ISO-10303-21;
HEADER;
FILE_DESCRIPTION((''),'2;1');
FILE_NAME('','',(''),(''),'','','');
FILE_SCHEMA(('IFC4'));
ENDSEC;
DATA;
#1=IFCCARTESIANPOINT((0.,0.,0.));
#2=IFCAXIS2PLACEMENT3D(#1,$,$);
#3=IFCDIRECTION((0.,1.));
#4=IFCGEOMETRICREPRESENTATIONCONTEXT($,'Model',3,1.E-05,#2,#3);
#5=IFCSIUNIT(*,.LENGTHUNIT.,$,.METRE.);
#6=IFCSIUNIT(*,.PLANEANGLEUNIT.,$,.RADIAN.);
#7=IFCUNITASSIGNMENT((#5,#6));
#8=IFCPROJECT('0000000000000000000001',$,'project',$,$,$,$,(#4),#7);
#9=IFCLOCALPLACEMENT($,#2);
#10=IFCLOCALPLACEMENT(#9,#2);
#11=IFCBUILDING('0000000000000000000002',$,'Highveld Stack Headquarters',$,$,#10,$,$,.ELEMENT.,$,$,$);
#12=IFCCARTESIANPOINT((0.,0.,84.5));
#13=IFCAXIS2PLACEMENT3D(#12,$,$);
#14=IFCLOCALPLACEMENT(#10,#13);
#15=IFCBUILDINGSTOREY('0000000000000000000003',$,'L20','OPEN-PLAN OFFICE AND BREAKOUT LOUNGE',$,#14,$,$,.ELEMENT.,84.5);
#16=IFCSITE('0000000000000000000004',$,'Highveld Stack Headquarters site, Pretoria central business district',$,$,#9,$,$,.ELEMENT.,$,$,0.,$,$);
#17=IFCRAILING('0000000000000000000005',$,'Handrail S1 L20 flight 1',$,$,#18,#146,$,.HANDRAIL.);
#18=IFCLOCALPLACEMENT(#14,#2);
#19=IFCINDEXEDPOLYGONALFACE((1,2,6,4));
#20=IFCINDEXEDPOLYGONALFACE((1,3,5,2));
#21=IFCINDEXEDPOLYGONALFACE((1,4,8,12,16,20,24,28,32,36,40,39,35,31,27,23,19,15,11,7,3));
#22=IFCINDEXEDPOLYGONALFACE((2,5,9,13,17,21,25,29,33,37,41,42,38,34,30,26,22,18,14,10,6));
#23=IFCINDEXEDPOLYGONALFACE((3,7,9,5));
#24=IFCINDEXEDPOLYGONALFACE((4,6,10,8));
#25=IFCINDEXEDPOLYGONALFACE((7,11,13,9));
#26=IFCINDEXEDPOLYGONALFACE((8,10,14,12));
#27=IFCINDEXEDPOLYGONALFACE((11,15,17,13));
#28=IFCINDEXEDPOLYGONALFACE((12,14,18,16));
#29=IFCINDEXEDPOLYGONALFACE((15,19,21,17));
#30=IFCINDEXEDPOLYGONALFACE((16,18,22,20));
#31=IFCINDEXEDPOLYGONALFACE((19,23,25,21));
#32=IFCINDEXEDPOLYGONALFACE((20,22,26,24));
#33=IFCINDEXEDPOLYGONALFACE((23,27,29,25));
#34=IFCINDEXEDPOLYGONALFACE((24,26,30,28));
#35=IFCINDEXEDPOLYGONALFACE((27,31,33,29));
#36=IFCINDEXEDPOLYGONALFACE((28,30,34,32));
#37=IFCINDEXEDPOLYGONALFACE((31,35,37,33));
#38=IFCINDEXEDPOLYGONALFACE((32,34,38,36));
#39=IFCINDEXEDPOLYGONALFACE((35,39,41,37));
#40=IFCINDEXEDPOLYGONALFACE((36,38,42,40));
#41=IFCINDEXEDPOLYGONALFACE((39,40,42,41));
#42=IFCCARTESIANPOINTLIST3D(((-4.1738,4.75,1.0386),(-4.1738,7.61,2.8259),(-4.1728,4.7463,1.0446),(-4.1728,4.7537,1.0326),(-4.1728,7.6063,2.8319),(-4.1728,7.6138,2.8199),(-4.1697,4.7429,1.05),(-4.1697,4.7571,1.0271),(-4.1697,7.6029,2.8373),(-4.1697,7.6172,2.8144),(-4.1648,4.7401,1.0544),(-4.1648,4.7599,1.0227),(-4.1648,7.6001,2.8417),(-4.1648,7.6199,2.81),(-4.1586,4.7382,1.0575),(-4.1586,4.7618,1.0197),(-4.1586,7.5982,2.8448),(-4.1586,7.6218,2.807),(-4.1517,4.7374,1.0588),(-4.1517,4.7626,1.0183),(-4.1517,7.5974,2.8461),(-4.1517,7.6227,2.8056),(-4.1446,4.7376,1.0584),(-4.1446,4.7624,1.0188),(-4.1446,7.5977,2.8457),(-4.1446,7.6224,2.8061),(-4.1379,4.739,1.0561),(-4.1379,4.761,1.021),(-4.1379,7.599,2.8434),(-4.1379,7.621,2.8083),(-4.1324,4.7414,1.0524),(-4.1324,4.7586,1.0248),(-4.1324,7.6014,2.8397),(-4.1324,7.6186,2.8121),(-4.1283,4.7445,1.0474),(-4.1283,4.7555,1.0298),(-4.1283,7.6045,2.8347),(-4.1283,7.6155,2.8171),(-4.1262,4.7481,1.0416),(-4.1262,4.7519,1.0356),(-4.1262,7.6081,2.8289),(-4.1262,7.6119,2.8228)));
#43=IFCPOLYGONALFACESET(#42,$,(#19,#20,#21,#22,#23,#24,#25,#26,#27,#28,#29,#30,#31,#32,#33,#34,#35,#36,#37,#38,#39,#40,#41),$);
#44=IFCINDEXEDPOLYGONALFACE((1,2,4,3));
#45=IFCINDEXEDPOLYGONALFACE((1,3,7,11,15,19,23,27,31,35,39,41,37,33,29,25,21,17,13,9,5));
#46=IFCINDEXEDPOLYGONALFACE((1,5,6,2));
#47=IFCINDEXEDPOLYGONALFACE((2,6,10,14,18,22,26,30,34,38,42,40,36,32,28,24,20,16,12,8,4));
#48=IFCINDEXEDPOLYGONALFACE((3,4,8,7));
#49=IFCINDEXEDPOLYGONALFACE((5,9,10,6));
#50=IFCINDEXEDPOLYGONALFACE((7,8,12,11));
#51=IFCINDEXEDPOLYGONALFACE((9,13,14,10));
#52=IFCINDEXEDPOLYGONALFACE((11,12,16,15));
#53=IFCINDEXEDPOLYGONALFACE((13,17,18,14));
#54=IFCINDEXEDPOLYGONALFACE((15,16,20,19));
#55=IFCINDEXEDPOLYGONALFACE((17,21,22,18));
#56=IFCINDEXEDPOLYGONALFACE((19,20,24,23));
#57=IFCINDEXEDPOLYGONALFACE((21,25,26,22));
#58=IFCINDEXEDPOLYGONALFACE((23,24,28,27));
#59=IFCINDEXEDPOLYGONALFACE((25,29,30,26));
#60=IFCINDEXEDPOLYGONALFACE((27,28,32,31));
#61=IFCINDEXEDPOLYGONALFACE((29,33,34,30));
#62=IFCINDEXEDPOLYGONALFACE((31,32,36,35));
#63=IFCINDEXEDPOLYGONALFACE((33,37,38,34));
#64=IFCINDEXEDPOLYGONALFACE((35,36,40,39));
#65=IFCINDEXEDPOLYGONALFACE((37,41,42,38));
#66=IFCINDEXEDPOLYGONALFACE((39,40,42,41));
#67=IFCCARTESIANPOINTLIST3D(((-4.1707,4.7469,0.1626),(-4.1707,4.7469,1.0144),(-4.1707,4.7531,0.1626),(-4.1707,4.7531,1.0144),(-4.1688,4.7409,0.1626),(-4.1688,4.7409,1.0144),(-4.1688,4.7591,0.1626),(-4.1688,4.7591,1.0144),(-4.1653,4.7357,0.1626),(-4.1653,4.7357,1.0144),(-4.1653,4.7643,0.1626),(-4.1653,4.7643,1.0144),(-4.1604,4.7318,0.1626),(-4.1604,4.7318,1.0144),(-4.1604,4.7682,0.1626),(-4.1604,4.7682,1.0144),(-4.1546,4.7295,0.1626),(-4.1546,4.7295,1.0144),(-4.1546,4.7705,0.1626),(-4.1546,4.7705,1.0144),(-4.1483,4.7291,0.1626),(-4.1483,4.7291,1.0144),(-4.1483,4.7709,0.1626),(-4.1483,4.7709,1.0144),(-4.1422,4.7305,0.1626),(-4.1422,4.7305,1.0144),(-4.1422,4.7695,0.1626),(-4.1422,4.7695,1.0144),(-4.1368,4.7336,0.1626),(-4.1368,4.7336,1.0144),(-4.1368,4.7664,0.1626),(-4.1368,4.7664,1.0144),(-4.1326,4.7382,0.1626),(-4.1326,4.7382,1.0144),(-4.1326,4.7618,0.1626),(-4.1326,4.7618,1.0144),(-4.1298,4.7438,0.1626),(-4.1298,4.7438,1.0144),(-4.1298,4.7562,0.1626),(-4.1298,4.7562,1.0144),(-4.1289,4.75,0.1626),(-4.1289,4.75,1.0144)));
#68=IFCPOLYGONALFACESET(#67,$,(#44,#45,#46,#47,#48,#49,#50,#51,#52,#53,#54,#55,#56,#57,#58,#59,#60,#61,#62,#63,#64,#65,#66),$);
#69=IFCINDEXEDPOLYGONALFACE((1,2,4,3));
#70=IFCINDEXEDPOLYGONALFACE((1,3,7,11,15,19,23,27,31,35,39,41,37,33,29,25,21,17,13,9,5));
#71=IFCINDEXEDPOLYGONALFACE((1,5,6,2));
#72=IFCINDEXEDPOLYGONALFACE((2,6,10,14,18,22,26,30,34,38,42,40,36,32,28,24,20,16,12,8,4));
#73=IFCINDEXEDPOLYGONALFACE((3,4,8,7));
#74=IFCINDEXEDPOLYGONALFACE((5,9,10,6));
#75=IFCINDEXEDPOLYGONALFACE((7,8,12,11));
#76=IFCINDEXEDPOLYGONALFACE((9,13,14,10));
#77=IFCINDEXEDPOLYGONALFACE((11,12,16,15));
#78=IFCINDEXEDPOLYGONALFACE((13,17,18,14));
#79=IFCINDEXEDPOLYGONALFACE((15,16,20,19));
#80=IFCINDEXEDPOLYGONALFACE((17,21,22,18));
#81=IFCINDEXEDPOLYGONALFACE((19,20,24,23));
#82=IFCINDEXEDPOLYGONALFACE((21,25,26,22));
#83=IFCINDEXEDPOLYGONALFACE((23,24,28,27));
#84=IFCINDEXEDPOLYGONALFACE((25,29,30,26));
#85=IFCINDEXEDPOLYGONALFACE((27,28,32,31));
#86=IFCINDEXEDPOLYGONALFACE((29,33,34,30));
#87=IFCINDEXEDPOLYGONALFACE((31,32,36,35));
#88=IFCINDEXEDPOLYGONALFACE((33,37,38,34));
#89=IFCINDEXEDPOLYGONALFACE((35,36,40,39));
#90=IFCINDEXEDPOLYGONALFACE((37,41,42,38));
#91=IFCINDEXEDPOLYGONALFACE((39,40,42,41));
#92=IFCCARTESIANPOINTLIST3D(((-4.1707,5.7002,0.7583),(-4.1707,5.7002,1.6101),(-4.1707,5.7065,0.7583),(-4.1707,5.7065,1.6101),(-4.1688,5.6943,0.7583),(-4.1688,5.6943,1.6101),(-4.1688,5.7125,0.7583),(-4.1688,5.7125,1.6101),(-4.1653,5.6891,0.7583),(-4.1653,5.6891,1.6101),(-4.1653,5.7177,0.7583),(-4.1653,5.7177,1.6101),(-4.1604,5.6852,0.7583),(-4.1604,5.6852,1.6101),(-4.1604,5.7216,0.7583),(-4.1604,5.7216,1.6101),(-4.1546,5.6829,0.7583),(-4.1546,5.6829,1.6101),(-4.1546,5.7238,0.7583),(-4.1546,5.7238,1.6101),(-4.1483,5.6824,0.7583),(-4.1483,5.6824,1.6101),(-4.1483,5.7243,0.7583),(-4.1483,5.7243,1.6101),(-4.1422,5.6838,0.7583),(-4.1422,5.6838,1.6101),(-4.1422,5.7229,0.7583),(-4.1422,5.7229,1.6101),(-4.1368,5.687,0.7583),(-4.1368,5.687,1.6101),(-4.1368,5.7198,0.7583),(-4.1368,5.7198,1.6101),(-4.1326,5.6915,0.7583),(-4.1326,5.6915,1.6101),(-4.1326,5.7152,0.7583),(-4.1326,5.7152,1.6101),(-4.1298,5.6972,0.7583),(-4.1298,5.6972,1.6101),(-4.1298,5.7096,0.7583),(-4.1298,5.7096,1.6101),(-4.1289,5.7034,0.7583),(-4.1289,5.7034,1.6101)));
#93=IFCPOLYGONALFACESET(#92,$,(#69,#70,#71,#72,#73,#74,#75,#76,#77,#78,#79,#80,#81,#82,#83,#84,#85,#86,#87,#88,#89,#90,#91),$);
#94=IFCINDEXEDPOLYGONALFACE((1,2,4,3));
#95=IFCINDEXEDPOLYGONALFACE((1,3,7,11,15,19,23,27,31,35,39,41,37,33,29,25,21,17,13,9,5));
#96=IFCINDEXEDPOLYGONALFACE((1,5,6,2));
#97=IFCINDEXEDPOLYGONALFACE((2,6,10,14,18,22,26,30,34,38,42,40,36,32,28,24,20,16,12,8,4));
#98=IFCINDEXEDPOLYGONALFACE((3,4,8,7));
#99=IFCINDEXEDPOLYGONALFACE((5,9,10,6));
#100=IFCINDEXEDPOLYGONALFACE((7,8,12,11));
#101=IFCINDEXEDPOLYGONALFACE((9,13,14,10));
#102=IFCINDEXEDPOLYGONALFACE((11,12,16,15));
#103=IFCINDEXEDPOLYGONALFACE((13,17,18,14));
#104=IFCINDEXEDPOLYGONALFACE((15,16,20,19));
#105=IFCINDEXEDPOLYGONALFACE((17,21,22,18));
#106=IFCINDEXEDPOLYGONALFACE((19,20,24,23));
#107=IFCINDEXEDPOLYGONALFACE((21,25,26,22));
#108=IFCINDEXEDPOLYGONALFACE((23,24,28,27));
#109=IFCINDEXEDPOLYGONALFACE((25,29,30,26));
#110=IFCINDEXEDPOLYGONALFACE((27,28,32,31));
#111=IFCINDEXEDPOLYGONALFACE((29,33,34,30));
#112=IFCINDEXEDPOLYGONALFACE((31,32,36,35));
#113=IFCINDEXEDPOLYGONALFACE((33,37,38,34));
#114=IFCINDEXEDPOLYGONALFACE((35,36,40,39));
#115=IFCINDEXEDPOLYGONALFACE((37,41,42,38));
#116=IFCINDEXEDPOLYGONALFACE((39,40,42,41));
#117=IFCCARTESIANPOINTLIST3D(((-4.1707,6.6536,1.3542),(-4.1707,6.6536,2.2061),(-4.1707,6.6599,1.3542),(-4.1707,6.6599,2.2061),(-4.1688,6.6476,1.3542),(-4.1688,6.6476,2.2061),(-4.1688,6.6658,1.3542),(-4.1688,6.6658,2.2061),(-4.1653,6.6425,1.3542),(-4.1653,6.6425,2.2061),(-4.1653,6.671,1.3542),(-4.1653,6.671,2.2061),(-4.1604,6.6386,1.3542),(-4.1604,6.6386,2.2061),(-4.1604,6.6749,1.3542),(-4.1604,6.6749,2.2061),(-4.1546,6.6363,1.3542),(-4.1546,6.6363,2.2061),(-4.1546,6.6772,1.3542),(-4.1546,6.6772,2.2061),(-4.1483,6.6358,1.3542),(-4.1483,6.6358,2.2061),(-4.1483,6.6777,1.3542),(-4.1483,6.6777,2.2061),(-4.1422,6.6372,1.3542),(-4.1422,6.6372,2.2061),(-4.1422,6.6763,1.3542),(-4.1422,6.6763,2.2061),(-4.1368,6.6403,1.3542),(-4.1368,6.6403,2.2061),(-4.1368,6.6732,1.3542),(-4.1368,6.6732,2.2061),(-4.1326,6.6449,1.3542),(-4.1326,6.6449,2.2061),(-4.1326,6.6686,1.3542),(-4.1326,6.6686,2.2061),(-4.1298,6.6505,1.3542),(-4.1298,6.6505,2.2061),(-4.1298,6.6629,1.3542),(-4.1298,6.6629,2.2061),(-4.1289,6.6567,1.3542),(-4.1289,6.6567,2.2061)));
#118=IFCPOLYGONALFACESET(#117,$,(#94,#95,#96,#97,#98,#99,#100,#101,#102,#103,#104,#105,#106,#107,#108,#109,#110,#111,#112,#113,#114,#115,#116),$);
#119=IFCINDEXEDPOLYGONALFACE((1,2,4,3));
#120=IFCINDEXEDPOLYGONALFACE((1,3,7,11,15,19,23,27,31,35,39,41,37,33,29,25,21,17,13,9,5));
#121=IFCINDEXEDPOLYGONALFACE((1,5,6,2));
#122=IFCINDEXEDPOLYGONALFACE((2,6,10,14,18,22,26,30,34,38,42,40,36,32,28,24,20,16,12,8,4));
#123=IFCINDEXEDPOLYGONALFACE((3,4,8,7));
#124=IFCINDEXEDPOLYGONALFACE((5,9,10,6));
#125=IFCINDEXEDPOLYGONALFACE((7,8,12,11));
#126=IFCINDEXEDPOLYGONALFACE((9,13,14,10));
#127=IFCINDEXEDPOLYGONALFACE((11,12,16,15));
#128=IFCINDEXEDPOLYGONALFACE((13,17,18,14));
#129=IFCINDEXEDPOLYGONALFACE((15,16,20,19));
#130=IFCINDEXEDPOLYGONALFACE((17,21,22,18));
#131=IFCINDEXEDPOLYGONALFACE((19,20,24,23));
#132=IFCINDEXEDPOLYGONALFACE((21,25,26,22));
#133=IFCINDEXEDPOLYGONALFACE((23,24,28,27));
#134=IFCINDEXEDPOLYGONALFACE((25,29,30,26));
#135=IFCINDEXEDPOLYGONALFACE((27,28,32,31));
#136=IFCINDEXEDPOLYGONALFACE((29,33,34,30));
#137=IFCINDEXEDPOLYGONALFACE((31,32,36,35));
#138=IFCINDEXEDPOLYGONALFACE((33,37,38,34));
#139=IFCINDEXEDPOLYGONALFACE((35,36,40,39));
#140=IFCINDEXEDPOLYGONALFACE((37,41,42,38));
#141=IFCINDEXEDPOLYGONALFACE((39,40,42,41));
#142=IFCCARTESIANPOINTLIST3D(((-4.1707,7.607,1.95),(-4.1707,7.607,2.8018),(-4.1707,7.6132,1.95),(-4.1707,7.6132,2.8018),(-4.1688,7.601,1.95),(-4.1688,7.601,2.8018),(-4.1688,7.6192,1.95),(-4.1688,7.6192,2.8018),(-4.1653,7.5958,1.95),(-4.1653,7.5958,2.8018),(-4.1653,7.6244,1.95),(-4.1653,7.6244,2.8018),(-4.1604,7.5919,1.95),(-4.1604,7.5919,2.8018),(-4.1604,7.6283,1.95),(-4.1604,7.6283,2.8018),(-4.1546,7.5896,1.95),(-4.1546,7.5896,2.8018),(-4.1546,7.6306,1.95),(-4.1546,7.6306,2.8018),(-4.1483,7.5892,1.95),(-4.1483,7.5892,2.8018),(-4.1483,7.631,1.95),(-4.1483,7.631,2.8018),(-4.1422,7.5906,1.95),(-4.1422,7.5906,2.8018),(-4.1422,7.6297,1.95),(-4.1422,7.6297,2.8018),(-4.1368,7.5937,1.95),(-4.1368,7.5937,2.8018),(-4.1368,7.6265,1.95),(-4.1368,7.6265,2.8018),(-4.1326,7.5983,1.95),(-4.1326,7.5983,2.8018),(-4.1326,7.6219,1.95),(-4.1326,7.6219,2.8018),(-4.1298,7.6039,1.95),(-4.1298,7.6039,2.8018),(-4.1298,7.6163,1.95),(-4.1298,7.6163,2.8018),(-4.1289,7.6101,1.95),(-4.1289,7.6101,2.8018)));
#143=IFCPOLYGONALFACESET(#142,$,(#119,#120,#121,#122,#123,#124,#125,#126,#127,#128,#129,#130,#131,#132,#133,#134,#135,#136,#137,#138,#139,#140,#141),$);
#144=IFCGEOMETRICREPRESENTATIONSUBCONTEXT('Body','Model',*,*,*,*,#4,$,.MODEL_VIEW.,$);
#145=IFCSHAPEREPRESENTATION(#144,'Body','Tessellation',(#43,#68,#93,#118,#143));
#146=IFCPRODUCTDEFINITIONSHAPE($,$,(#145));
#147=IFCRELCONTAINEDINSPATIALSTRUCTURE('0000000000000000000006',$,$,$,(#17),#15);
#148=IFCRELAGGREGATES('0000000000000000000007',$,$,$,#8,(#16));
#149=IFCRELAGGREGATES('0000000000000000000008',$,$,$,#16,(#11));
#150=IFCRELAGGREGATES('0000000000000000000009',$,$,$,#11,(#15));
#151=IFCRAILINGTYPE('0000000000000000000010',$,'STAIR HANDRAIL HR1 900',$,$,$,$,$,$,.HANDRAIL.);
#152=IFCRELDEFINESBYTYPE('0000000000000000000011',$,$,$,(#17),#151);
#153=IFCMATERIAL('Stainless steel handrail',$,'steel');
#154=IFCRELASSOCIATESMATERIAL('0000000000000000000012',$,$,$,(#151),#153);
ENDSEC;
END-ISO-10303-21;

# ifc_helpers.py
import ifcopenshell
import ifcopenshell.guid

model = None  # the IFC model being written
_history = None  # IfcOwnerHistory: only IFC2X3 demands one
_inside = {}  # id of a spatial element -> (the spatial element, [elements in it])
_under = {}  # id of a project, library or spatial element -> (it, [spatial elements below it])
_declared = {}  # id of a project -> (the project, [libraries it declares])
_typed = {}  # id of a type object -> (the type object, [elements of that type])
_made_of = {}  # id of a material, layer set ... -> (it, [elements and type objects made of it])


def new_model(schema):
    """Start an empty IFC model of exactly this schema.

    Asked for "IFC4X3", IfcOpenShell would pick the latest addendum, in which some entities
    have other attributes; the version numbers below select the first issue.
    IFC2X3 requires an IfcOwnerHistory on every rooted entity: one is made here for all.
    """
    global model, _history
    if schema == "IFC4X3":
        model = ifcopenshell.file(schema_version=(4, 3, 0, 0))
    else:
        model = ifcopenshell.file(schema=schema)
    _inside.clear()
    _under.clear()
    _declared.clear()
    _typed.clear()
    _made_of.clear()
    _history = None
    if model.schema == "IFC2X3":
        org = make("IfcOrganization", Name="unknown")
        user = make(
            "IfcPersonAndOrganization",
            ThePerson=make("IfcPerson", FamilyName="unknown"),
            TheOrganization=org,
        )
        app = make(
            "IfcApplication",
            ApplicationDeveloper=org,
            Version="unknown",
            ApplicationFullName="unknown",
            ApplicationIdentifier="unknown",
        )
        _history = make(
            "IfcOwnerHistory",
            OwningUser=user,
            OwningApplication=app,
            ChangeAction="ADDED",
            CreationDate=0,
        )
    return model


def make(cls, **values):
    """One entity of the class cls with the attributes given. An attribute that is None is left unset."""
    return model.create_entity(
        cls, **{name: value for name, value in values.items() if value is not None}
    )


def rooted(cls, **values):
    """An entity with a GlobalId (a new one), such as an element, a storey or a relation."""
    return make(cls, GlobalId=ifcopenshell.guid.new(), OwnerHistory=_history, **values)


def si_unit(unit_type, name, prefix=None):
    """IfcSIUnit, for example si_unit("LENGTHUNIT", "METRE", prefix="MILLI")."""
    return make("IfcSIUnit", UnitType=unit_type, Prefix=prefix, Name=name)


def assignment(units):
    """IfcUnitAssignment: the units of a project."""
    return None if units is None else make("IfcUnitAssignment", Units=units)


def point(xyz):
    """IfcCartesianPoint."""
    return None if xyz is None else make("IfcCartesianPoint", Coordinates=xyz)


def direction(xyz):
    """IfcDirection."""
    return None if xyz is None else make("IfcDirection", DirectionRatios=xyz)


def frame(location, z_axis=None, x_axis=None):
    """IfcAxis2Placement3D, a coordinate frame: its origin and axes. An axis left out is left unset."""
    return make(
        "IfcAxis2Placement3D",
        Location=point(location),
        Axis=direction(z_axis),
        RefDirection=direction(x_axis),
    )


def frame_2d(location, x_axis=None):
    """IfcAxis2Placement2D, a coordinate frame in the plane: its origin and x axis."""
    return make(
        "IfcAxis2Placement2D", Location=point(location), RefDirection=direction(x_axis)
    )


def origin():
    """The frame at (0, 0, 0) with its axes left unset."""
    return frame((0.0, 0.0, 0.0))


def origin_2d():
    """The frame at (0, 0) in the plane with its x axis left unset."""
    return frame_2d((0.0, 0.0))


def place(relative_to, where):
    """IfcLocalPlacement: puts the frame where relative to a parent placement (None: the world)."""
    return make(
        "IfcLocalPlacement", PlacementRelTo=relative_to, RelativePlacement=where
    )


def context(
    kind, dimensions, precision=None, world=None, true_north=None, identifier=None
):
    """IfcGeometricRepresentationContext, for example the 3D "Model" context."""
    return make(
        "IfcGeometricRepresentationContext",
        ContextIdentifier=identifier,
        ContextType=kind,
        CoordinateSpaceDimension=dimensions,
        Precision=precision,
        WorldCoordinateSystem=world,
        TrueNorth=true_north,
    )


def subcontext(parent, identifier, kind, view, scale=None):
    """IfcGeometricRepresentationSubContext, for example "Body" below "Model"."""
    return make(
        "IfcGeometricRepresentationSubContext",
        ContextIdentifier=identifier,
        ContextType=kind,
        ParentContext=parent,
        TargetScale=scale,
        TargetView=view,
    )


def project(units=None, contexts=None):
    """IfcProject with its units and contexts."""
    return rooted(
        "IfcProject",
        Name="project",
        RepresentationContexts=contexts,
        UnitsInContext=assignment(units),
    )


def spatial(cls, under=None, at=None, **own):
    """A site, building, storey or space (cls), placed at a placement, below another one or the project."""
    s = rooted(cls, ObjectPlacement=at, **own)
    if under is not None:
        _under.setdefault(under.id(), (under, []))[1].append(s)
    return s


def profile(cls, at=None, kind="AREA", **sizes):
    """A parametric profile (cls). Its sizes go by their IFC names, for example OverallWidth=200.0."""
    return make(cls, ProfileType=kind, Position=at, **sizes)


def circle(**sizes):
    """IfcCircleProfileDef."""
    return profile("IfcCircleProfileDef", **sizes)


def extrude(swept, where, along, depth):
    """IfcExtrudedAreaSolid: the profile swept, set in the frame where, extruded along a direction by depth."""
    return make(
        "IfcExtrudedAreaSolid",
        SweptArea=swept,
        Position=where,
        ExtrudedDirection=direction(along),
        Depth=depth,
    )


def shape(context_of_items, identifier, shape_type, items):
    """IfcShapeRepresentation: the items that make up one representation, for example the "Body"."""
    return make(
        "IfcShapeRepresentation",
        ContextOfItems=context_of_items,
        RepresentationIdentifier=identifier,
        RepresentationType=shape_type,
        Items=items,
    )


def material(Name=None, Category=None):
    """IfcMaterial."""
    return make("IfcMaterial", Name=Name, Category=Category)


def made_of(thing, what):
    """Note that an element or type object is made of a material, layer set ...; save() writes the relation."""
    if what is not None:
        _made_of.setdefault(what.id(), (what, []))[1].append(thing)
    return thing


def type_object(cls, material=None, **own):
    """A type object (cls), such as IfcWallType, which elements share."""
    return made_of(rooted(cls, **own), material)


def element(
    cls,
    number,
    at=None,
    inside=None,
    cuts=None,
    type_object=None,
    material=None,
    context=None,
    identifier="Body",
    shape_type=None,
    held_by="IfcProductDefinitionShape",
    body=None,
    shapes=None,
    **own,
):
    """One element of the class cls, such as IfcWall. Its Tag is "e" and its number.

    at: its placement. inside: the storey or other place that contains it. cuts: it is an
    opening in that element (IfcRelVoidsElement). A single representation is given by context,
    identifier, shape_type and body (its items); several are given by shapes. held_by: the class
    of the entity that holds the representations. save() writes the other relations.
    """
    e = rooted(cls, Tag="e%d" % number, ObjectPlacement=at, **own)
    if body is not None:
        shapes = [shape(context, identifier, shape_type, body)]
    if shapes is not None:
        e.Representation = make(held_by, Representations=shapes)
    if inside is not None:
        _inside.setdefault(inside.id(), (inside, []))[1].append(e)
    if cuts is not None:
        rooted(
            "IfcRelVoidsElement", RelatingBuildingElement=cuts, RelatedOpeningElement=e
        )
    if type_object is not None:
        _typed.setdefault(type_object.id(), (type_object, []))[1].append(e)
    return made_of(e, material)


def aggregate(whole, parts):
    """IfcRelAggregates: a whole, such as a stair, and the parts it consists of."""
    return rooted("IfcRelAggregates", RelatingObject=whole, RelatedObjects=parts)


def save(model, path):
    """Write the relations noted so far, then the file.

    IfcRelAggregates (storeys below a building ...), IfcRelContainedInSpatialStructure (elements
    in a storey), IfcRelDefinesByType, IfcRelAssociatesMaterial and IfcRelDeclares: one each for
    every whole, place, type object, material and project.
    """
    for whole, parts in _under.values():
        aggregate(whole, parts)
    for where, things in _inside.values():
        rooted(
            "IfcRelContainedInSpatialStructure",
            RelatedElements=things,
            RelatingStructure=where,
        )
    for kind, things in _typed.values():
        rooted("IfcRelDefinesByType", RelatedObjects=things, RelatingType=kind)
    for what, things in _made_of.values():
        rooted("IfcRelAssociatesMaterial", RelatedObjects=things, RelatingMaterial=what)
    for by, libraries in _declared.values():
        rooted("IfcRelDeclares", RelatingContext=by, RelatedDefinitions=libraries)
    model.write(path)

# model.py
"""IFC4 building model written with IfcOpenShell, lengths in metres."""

from ifc_helpers import new_model, si_unit, direction, frame, origin, origin_2d, place, context, subcontext, project, spatial, circle, extrude, material, type_object, element, save


model = new_model("IFC4")

# Units and contexts
model_context = context("Model", 3, precision=1e-05, world=origin(), true_north=direction((0.0, 1.0)))
body_context = subcontext(model_context, "Body", "Model", "MODEL_VIEW")
ifc_project = project(units=[si_unit("LENGTHUNIT", "METRE"), si_unit("PLANEANGLEUNIT", "RADIAN")], contexts=[model_context])

# Site, building, storey
site_placement = place(None, origin())
site = spatial("IfcSite", under=ifc_project, at=site_placement, Name="Highveld Stack Headquarters site, Pretoria central business district", CompositionType="ELEMENT", RefElevation=0.0)
building_placement = place(site_placement, origin())
building = spatial("IfcBuilding", under=site, at=building_placement, Name="Highveld Stack Headquarters", CompositionType="ELEMENT")
storey_placement = place(building_placement, frame((0.0, 0.0, 84.5)))
storey = spatial("IfcBuildingStorey", under=building, at=storey_placement, Name="L20", Description="OPEN-PLAN OFFICE AND BREAKOUT LOUNGE", CompositionType="ELEMENT", Elevation=84.5)

# Railing
ifc_material_1 = material(Name="Stainless steel handrail", Category="steel")
railing_type = type_object("IfcRailingType", Name="STAIR HANDRAIL HR1 900", PredefinedType="HANDRAIL", material=ifc_material_1)
for number, where, name in (
    (1, (-4.1499, 4.75, 0.1626), "Handrail S1 L20 flight 1"),
):
    element("IfcRailing", number, at=place(storey_placement, frame(where)), inside=storey, type_object=railing_type, Name=name, PredefinedType="HANDRAIL", context=body_context, shape_type="SweptSolid", body=[
        extrude(circle(Radius=0.0239, at=origin_2d()), frame((0.0, 0.0, 0.876), z_axis=(0.0, 0.848027, 0.529953), x_axis=(-1.0, 0.0, 0.0)), (0.0, 0.0, 1.0), 3.3726),
        extrude(circle(Radius=0.021, at=origin_2d()), origin(), (0.0, 0.0, 1.0), 0.8518),
        extrude(circle(Radius=0.021, at=origin_2d()), frame((0.0, 0.9534, 0.5957)), (0.0, 0.0, 1.0), 0.8518),
        extrude(circle(Radius=0.021, at=origin_2d()), frame((0.0, 1.9067, 1.1917)), (0.0, 0.0, 1.0), 0.8518),
        extrude(circle(Radius=0.021, at=origin_2d()), frame((0.0, 2.8601, 1.7874)), (0.0, 0.0, 1.0), 0.8518),
    ])

save(model, "model.ifc")
